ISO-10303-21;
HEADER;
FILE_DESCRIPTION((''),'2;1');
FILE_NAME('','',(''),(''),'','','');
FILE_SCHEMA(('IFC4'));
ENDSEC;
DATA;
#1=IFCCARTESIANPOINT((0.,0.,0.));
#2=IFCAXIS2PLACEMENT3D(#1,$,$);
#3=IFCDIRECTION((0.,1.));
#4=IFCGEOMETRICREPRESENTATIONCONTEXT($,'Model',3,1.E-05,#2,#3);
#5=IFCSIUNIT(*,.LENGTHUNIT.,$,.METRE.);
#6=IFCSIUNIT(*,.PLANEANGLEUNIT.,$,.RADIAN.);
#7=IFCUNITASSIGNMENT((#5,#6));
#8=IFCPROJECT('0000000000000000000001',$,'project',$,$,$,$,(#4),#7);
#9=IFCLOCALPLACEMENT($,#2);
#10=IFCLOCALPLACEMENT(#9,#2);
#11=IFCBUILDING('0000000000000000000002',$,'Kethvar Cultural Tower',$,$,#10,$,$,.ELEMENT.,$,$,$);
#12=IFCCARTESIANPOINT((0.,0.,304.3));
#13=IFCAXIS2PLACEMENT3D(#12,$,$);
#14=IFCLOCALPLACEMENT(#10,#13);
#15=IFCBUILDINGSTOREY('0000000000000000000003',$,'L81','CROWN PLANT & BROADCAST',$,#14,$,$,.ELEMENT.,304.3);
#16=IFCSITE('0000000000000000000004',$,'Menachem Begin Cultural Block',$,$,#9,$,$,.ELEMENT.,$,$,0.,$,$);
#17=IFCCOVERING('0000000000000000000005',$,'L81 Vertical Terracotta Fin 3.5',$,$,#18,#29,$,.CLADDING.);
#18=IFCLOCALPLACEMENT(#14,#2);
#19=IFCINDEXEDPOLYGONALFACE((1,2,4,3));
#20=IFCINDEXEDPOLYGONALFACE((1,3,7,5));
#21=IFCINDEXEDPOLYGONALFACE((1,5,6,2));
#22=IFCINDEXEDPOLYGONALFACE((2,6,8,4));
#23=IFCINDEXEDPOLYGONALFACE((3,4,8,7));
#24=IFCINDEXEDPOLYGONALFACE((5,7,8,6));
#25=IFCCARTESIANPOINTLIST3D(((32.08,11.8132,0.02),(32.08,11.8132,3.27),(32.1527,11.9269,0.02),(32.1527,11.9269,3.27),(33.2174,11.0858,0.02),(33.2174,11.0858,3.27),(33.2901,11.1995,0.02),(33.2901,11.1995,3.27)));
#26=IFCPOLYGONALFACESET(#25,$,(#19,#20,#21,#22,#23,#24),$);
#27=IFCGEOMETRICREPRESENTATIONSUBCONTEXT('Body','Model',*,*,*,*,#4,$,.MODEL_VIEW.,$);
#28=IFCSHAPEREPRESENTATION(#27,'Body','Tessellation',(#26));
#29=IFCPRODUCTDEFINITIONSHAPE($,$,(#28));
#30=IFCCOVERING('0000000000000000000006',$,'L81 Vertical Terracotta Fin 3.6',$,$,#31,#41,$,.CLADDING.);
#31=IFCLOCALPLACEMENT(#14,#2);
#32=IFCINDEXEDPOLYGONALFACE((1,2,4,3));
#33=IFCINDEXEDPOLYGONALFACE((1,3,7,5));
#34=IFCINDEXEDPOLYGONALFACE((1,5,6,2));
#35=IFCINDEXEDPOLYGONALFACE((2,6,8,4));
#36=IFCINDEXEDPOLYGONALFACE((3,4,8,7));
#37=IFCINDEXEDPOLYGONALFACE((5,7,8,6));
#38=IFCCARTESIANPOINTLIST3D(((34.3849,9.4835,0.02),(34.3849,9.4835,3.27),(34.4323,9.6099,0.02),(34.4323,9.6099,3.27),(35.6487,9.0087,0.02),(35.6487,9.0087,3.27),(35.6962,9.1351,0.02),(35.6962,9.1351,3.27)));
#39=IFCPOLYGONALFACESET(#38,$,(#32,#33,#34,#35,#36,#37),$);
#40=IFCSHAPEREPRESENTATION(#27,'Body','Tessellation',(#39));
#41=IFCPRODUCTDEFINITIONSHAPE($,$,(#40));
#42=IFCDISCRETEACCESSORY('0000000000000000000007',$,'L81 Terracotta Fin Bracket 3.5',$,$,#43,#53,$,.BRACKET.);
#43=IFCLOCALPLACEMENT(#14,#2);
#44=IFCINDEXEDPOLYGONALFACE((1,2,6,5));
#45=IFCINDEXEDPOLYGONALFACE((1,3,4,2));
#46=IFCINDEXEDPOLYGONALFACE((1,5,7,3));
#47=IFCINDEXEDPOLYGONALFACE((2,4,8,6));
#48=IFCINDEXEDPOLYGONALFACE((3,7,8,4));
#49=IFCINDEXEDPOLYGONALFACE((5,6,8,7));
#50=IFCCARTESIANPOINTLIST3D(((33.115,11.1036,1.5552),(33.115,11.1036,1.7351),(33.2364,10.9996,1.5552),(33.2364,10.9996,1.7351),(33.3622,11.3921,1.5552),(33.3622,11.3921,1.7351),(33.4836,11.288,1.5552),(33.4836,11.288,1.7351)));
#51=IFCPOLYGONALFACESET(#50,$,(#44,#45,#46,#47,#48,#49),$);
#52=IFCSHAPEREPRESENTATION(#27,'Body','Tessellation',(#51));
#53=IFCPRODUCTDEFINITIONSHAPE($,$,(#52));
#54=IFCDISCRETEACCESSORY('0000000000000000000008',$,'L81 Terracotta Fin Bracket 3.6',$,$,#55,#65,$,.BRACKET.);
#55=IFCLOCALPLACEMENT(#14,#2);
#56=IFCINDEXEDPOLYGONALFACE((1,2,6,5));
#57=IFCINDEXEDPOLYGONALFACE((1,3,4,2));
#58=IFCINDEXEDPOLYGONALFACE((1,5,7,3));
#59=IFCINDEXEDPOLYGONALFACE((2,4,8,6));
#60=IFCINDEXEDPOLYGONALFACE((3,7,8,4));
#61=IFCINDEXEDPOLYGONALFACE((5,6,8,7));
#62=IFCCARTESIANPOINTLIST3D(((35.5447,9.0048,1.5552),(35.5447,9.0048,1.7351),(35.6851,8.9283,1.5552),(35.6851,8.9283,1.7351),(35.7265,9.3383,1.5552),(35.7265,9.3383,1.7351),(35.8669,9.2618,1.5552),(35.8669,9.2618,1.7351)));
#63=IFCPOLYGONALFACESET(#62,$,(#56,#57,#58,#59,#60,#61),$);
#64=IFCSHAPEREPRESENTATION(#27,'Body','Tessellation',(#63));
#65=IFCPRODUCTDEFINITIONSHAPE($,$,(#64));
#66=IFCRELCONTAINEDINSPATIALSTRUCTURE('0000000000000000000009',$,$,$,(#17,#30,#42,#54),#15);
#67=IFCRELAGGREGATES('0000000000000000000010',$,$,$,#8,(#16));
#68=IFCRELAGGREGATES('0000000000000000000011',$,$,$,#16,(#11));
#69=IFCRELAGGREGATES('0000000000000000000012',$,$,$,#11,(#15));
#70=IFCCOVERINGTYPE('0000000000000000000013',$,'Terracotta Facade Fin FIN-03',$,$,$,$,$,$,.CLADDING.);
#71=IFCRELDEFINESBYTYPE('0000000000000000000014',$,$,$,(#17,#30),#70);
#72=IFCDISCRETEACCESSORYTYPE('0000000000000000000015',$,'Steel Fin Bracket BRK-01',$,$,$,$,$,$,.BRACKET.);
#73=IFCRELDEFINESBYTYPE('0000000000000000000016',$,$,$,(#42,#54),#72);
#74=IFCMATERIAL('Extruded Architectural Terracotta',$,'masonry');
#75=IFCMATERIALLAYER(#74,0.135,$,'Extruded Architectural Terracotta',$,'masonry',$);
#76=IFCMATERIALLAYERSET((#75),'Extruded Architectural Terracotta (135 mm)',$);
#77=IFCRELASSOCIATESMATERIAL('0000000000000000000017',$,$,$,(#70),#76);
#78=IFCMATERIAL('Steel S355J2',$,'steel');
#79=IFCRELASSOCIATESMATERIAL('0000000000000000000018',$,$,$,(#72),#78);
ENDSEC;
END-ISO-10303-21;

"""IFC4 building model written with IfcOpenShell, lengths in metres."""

from ifc_helpers import new_model, si_unit, direction, frame, origin, origin_2d, place, context, subcontext, project, spatial, rectangle, extrude, source, transform, mapped, material, layer, layer_set, type_object, element, save


model = new_model("IFC4")

# Units and contexts
model_context = context("Model", 3, precision=1e-05, world=origin(), true_north=direction((0.0, 1.0)))
body_context = subcontext(model_context, "Body", "Model", "MODEL_VIEW")
ifc_project = project(units=[si_unit("LENGTHUNIT", "METRE"), si_unit("PLANEANGLEUNIT", "RADIAN")], contexts=[model_context])

# Site, building, storey
site_placement = place(None, origin())
site = spatial("IfcSite", under=ifc_project, at=site_placement, Name="Menachem Begin Cultural Block", CompositionType="ELEMENT", RefElevation=0.0)
building_placement = place(site_placement, origin())
building = spatial("IfcBuilding", under=site, at=building_placement, Name="Kethvar Cultural Tower", CompositionType="ELEMENT")
storey_placement = place(building_placement, frame((0.0, 0.0, 304.3)))
storey = spatial("IfcBuildingStorey", under=building, at=storey_placement, Name="L81", Description="CROWN PLANT & BROADCAST", CompositionType="ELEMENT", Elevation=304.3)

# Shared definitions
ifc_material_1 = material(Name="Steel S355J2", Category="steel")

# Coverings
ifc_material_2 = material(Name="Extruded Architectural Terracotta", Category="masonry")
ifc_layer_1 = layer(ifc_material_2, 0.135, Name="Extruded Architectural Terracotta", Category="masonry")
ifc_layer_set_1 = layer_set([ifc_layer_1], Name="Extruded Architectural Terracotta (135 mm)")
covering_type = type_object("IfcCoveringType", Name="Terracotta Facade Fin FIN-03", PredefinedType="CLADDING", material=ifc_layer_set_1)
shared_shape_1 = source(origin(), body_context, "Body", "SweptSolid", [
    extrude(rectangle(XDim=1.3501, YDim=0.135, at=origin_2d()), origin(), (0.0, 0.0, 1.0), 3.25),
])
for number, where, z_axis, x_axis, name in (
    (1, (32.6851, 11.5063, 0.02), (0.0, 0.0, 1.0), (-0.842452, 0.538771, 0.0), "L81 Vertical Terracotta Fin 3.5"),
    (2, (35.0405, 9.3093, 0.02), (0.0, 0.0, 1.0), (-0.936121, 0.351678, 0.0), "L81 Vertical Terracotta Fin 3.6"),
):
    element("IfcCovering", number, at=place(storey_placement, frame(where, z_axis=z_axis, x_axis=x_axis)), inside=storey, type_object=covering_type, Name=name, PredefinedType="CLADDING", context=body_context, shape_type="MappedRepresentation", body=[
        mapped(shared_shape_1, transform((0.0, 0.0, 0.0), scale=1.0)),
    ])

# Discrete accessories
discrete_accessory_type = type_object("IfcDiscreteAccessoryType", Name="Steel Fin Bracket BRK-01", PredefinedType="BRACKET", material=ifc_material_1)
shared_shape_2 = source(origin(), body_context, "Body", "SweptSolid", [
    extrude(rectangle(XDim=0.3799, YDim=0.1599, at=origin_2d()), origin(), (0.0, 0.0, 1.0), 0.1799),
])
for number, where, z_axis, x_axis, name in (
    (3, (33.2993, 11.1958, 1.5552), (0.0, 0.0, 1.0), (-0.650774, -0.759271, 0.0), "L81 Terracotta Fin Bracket 3.5"),
    (4, (35.7058, 9.1333, 1.5552), (0.0, 0.0, 1.0), (-0.478539, -0.878067, 0.0), "L81 Terracotta Fin Bracket 3.6"),
):
    element("IfcDiscreteAccessory", number, at=place(storey_placement, frame(where, z_axis=z_axis, x_axis=x_axis)), inside=storey, type_object=discrete_accessory_type, Name=name, PredefinedType="BRACKET", context=body_context, shape_type="MappedRepresentation", body=[
        mapped(shared_shape_2, transform((0.0, 0.0, 0.0), scale=1.0)),
    ])

save(model, "model.ifc")
